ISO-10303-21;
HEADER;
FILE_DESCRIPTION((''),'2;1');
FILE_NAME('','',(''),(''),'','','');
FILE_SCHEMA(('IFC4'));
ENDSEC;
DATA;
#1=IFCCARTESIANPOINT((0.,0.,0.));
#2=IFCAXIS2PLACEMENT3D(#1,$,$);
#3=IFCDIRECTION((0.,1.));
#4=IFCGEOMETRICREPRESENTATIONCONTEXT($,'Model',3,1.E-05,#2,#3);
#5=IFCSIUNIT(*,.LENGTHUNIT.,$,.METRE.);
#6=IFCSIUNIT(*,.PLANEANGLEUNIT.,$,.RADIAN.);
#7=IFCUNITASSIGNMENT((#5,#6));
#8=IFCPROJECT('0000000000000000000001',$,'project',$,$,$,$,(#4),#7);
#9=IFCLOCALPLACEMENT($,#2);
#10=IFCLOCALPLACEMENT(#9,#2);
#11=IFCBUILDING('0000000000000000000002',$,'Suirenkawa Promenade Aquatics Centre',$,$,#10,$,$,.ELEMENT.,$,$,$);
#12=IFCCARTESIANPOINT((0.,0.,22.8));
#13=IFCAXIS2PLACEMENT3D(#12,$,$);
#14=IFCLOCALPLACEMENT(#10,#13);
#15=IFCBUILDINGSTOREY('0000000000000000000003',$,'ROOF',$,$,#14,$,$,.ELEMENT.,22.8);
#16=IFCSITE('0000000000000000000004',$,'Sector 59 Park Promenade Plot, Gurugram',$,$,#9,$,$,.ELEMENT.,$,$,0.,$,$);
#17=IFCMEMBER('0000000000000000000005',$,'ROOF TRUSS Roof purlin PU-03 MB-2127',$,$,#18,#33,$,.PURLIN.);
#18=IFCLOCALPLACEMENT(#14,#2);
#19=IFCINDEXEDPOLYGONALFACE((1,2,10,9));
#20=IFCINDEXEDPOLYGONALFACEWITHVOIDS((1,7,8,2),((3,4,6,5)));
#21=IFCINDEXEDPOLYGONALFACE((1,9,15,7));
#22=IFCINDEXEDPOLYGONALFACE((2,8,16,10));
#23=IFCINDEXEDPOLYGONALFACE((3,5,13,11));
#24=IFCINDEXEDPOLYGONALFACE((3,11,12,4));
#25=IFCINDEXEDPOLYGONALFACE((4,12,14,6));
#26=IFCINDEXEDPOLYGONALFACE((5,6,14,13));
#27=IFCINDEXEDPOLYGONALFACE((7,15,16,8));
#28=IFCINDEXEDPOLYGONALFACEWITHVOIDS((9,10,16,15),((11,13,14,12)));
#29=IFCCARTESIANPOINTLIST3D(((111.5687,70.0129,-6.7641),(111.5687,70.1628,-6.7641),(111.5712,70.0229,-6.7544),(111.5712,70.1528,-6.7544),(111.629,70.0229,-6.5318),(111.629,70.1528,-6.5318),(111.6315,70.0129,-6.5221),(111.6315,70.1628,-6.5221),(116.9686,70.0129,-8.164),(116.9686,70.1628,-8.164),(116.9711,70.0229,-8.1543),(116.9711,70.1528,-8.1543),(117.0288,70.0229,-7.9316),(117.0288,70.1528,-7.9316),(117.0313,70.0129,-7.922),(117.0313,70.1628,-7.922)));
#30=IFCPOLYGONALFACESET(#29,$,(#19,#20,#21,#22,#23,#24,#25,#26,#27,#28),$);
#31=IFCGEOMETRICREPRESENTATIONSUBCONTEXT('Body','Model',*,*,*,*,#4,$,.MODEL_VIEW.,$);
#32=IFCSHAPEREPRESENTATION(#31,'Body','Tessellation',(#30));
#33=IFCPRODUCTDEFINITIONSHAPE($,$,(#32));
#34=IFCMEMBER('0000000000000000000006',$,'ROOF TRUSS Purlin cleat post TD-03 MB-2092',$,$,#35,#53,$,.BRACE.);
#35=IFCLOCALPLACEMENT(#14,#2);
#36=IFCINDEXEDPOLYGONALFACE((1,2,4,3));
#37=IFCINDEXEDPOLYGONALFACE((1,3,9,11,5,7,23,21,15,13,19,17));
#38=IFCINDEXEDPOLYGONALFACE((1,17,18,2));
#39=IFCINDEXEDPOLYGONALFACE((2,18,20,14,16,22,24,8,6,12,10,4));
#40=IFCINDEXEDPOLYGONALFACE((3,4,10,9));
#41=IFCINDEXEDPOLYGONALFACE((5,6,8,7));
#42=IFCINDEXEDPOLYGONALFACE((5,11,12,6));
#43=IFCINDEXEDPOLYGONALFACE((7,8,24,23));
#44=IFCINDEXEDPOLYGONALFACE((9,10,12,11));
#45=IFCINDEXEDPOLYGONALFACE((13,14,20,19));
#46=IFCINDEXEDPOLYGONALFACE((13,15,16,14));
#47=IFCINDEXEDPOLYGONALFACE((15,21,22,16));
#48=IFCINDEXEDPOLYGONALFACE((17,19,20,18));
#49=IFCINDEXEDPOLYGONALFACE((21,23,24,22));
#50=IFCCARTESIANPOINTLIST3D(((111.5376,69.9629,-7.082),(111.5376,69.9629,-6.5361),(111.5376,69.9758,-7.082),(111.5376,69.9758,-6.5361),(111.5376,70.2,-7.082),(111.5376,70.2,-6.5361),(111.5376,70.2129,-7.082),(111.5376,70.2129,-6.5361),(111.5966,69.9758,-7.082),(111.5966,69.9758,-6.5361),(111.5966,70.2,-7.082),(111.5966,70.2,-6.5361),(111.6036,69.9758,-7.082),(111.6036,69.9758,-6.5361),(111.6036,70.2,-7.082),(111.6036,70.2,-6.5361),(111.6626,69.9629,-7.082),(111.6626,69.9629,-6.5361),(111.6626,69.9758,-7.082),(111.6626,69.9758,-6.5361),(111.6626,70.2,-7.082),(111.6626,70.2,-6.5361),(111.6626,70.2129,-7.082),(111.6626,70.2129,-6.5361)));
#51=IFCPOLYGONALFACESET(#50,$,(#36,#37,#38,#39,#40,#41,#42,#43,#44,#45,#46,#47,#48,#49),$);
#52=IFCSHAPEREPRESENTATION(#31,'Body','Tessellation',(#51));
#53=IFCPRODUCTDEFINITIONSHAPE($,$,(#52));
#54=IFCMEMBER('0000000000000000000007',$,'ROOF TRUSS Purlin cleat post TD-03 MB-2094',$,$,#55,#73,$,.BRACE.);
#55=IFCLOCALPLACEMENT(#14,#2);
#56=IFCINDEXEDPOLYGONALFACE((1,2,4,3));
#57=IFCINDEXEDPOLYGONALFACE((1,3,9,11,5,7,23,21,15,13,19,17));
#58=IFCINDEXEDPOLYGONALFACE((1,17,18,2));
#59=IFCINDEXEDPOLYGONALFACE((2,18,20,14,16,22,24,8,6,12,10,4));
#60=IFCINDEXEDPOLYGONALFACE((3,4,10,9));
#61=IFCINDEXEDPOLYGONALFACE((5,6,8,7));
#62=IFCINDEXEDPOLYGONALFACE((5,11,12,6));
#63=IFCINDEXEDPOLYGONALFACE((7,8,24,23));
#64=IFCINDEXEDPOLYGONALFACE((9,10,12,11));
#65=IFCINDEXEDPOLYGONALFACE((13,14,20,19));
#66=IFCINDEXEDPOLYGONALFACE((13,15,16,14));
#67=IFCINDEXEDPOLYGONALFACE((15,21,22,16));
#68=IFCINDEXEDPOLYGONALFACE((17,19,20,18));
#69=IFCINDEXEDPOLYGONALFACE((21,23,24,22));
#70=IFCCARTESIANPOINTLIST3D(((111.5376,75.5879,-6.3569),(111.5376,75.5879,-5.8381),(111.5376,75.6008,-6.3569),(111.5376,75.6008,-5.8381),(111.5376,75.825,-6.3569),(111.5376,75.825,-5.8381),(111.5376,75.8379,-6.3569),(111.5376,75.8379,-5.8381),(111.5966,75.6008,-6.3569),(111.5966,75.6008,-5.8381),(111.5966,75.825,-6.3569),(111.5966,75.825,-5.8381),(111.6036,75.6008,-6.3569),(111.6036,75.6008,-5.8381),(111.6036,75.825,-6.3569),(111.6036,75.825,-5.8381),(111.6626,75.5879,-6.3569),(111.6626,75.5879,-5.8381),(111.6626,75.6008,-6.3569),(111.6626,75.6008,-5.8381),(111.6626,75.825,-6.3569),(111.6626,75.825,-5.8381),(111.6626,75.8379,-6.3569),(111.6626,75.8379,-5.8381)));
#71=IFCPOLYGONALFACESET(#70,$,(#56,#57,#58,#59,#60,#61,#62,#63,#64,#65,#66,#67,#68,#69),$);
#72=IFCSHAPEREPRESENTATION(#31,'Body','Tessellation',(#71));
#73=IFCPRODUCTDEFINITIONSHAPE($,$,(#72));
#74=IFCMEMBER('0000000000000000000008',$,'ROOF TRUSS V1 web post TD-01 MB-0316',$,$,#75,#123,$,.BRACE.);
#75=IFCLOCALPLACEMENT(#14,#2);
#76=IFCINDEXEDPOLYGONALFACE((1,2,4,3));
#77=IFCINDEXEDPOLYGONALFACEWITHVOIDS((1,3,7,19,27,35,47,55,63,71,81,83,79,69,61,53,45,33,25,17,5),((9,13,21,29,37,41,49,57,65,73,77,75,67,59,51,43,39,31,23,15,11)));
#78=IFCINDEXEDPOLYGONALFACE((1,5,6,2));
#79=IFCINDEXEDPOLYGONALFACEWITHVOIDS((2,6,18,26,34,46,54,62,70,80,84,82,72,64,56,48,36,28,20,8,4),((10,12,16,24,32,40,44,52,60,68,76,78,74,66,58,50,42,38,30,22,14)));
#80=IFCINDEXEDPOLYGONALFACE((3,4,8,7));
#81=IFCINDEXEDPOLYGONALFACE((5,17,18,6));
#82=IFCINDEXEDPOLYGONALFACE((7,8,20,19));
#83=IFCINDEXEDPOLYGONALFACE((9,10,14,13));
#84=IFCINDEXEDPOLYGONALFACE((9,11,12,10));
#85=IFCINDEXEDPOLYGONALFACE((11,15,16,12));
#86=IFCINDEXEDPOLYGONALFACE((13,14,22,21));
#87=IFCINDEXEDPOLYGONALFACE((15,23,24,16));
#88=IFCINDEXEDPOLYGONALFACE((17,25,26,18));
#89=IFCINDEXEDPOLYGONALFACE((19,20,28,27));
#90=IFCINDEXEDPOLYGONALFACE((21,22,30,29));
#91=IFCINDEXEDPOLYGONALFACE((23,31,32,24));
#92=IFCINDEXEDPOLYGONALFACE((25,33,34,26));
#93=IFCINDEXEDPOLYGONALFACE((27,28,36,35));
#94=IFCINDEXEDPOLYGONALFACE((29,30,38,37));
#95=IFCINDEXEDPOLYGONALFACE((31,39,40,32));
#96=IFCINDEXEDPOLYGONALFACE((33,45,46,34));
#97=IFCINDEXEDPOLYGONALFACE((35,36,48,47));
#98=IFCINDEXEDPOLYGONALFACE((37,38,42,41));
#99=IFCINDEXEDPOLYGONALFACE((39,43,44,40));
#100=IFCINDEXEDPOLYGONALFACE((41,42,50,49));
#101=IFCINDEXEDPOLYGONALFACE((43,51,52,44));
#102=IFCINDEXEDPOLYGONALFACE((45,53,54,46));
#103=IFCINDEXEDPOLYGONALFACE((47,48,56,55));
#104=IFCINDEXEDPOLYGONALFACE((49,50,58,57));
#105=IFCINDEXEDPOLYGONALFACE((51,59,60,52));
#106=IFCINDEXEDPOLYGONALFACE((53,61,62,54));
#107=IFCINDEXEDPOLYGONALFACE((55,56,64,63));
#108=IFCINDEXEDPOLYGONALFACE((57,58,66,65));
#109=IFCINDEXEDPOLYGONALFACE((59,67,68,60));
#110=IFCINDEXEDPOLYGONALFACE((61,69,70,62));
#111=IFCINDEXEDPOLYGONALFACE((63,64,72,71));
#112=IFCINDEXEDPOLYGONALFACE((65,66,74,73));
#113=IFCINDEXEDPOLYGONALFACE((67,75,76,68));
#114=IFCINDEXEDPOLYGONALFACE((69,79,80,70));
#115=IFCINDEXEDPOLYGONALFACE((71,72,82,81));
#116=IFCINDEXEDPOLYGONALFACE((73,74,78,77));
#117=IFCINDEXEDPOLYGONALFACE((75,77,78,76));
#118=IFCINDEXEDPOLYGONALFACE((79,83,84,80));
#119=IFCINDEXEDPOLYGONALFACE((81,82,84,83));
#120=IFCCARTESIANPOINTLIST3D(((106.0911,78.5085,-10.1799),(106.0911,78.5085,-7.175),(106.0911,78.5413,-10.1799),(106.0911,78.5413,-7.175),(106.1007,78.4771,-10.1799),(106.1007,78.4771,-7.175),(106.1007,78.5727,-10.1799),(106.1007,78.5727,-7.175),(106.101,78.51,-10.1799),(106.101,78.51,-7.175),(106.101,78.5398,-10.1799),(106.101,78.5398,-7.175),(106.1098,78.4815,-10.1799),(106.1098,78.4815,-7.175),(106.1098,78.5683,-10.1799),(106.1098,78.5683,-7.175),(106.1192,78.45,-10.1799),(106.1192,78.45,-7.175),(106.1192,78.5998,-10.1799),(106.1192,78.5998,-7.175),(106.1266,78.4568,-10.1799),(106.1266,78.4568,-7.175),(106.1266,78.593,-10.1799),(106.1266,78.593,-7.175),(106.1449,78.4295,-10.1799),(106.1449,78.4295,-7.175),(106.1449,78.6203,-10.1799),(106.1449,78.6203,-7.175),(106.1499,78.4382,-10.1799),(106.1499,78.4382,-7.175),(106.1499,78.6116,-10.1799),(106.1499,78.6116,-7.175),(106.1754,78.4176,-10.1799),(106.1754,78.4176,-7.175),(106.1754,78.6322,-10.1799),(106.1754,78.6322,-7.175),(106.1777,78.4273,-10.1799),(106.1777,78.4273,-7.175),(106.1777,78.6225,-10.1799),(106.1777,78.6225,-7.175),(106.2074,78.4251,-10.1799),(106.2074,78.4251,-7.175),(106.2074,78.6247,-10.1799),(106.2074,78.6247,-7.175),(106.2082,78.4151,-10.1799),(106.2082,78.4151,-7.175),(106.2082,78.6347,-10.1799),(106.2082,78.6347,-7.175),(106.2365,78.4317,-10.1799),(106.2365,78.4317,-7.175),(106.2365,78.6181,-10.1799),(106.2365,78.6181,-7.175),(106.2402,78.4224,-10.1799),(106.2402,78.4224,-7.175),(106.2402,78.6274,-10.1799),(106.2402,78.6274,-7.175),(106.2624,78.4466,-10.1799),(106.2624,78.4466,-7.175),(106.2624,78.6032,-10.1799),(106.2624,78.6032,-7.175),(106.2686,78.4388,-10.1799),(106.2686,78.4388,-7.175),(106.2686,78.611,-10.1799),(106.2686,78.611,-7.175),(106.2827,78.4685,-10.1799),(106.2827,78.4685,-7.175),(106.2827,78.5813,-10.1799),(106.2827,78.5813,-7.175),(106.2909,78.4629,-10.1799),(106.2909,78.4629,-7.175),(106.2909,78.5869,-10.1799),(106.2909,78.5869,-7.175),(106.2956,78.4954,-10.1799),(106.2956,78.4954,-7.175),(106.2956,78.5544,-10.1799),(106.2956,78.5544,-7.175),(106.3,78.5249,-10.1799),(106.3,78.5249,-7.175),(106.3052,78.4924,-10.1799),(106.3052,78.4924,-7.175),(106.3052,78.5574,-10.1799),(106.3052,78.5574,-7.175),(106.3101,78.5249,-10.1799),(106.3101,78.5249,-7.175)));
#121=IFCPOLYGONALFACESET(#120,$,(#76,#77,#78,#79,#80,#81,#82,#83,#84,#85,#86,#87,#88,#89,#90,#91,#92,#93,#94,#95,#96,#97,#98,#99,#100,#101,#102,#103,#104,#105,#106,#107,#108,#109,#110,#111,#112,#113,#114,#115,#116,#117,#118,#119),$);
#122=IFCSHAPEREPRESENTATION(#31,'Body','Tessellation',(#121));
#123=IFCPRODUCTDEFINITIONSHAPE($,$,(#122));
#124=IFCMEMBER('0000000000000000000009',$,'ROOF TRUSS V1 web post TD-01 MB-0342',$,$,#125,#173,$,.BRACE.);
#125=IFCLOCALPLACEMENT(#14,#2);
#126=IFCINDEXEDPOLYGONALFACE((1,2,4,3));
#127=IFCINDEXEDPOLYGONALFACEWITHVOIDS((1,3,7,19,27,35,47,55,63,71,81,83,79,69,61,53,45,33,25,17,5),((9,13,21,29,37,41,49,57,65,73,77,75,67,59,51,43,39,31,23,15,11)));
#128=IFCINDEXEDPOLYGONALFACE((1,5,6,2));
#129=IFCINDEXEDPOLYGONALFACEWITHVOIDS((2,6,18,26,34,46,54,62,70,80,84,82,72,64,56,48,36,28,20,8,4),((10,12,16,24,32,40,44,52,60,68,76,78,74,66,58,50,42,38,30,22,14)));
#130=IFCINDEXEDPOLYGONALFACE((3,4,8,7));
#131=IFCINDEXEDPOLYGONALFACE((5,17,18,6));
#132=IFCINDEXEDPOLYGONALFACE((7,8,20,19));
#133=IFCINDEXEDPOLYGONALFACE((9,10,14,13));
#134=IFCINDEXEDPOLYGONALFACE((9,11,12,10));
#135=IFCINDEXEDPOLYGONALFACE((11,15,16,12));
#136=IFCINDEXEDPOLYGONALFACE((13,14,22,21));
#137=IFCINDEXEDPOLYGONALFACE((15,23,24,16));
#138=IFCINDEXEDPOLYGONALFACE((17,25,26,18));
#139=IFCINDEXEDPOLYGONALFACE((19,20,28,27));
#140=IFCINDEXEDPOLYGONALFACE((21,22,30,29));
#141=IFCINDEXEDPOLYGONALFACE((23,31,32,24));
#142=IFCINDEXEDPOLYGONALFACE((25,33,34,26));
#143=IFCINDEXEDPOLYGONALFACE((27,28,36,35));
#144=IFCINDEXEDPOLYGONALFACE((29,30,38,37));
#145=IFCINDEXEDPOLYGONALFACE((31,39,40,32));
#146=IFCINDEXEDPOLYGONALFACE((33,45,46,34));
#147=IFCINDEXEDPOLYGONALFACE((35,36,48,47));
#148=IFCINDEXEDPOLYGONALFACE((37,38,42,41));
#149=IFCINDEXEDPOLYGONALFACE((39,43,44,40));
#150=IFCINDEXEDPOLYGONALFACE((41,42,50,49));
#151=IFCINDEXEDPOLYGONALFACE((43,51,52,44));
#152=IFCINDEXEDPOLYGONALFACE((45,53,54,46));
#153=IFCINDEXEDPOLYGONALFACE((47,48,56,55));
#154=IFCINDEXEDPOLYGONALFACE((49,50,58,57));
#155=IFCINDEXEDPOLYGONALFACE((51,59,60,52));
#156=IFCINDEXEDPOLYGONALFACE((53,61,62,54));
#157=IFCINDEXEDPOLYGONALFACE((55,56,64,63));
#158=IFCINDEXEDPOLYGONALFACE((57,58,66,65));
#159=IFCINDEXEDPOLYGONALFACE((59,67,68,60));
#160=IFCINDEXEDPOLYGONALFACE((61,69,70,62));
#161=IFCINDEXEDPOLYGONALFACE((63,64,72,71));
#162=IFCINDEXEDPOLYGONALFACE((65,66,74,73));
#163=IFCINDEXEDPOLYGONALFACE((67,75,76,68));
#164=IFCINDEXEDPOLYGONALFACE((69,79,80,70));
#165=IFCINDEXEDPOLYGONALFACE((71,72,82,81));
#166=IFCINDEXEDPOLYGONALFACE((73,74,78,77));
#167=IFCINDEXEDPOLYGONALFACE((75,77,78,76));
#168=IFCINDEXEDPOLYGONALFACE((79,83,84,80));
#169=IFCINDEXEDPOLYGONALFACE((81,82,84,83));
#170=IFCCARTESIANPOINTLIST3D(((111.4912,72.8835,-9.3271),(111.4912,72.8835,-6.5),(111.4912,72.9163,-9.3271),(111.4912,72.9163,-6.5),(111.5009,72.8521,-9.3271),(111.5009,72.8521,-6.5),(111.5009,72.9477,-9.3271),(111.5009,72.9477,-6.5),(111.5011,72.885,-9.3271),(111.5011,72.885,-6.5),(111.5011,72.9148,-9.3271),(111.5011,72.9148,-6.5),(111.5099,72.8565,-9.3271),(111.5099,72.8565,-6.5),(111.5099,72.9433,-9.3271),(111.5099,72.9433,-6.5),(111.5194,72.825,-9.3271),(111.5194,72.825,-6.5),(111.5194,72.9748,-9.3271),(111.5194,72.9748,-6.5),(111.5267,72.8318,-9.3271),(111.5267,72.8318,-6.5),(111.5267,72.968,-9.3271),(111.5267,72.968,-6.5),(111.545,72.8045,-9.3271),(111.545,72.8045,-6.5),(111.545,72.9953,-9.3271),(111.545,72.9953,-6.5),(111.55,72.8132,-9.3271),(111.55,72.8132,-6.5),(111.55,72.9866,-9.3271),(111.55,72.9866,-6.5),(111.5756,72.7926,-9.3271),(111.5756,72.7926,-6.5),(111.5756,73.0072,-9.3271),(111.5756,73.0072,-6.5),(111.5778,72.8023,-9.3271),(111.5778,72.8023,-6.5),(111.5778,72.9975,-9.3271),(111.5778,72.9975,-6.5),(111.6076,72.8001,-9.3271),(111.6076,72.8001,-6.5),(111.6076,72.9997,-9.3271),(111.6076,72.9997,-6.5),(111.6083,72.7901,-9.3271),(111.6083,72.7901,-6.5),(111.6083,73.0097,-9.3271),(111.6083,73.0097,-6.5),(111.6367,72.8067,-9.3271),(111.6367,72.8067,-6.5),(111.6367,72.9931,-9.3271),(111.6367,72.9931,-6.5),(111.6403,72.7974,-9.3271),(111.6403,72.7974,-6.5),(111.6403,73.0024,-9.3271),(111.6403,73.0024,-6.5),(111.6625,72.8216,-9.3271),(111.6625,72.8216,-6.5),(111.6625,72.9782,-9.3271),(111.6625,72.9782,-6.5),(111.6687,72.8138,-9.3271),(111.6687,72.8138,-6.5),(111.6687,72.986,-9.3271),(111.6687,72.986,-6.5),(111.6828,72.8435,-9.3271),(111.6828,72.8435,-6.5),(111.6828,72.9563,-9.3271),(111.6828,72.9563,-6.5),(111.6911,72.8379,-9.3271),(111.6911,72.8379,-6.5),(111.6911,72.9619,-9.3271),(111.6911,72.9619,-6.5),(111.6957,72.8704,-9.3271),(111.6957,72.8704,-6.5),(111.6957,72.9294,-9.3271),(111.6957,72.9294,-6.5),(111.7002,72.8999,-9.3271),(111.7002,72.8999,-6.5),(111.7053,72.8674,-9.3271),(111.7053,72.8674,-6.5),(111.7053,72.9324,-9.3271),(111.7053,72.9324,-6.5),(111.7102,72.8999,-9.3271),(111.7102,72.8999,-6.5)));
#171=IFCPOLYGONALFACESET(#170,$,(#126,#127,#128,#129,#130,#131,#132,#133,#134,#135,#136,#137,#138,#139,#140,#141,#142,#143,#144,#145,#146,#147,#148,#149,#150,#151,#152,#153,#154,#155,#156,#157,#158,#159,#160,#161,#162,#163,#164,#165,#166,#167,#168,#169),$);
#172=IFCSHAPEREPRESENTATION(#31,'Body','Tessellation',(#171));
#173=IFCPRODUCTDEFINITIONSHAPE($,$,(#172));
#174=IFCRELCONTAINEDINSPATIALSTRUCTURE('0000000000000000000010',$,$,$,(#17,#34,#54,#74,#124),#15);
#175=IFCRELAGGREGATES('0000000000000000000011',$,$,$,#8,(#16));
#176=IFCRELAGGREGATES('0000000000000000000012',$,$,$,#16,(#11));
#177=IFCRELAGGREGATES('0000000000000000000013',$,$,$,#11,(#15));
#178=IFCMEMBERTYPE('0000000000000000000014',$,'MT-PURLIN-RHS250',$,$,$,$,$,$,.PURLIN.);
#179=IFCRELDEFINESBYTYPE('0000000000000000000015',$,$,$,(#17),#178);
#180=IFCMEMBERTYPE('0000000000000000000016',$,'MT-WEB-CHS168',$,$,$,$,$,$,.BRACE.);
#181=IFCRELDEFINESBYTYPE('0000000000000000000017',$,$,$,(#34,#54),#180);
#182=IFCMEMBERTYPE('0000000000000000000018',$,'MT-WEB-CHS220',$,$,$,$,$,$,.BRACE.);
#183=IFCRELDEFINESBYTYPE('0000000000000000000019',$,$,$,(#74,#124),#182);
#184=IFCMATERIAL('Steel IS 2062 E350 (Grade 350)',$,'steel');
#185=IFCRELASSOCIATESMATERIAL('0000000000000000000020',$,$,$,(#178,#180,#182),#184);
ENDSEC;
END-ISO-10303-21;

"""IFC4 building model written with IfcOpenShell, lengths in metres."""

from ifc_helpers import new_model, si_unit, direction, frame, origin, origin_2d, place, context, subcontext, project, spatial, hollow_rectangle, hollow_circle, i_section, extrude, material, material_profile, profile_set, type_object, element, save


model = new_model("IFC4")

# Units and contexts
model_context = context("Model", 3, precision=1e-05, world=origin(), true_north=direction((0.0, 1.0)))
body_context = subcontext(model_context, "Body", "Model", "MODEL_VIEW")
ifc_project = project(units=[si_unit("LENGTHUNIT", "METRE"), si_unit("PLANEANGLEUNIT", "RADIAN")], contexts=[model_context])

# Site, building, storey
site_placement = place(None, origin())
site = spatial("IfcSite", under=ifc_project, at=site_placement, Name="Sector 59 Park Promenade Plot, Gurugram", CompositionType="ELEMENT", RefElevation=0.0)
building_placement = place(site_placement, origin())
building = spatial("IfcBuilding", under=site, at=building_placement, Name="Suirenkawa Promenade Aquatics Centre", CompositionType="ELEMENT")
storey_placement = place(building_placement, frame((0.0, 0.0, 22.8)))
storey = spatial("IfcBuildingStorey", under=building, at=storey_placement, Name="ROOF", CompositionType="ELEMENT", Elevation=22.8)

# Shared definitions
ifc_material = material(Name="Steel IS 2062 E350 (Grade 350)", Category="steel")

# Members
ifc_material_profile_1 = material_profile(ifc_material, hollow_rectangle(XDim=0.1499, YDim=0.25, WallThickness=0.01, at=origin_2d()), Name="RHS 250x150x10", Category="steel")
ifc_profile_set_1 = profile_set([ifc_material_profile_1], Name="Steel IS 2062 E350 (Grade 350)")
member_type_1 = type_object("IfcMemberType", Name="MT-PURLIN-RHS250", PredefinedType="PURLIN", material=ifc_profile_set_1)
member_1_placement = place(storey_placement, frame((111.6001, 70.0879, -6.6431), z_axis=(0.968, 0.0, -0.25095), x_axis=(0.0, 1.0, 0.0)))
element("IfcMember", 1, at=member_1_placement, inside=storey, type_object=member_type_1, Name="ROOF TRUSS Roof purlin PU-03 MB-2127", PredefinedType="PURLIN", context=body_context, shape_type="SweptSolid", body=[
    extrude(hollow_rectangle(XDim=0.1499, YDim=0.25, WallThickness=0.01, at=origin_2d()), origin(), (0.0, 0.0, 1.0), 5.5784),
])
ifc_material_profile_2 = material_profile(ifc_material, i_section(OverallWidth=0.125, OverallDepth=0.25, WebThickness=0.0071, FlangeThickness=0.0129, at=origin_2d()), Name="ISMB 250", Category="steel")
ifc_profile_set_2 = profile_set([ifc_material_profile_2], Name="Steel IS 2062 E350 (Grade 350)")
member_type_2 = type_object("IfcMemberType", Name="MT-WEB-CHS168", PredefinedType="BRACE", material=ifc_profile_set_2)
member_2_placement = place(storey_placement, frame((111.6001, 70.0879, -7.082), z_axis=(0.0, 0.0, 1.0), x_axis=(1.0, 0.0, 0.0)))
element("IfcMember", 2, at=member_2_placement, inside=storey, type_object=member_type_2, Name="ROOF TRUSS Purlin cleat post TD-03 MB-2092", PredefinedType="BRACE", context=body_context, shape_type="SweptSolid", body=[
    extrude(i_section(OverallWidth=0.125, OverallDepth=0.25, WebThickness=0.0071, FlangeThickness=0.0129, at=origin_2d()), origin(), (0.0, 0.0, 1.0), 0.5459),
])
member_3_placement = place(storey_placement, frame((111.6001, 75.7129, -6.3569), z_axis=(0.0, 0.0, 1.0), x_axis=(1.0, 0.0, 0.0)))
element("IfcMember", 3, at=member_3_placement, inside=storey, type_object=member_type_2, Name="ROOF TRUSS Purlin cleat post TD-03 MB-2094", PredefinedType="BRACE", context=body_context, shape_type="SweptSolid", body=[
    extrude(i_section(OverallWidth=0.125, OverallDepth=0.25, WebThickness=0.0071, FlangeThickness=0.0129, at=origin_2d()), origin(), (0.0, 0.0, 1.0), 0.5188),
])
ifc_material_profile_3 = material_profile(ifc_material, hollow_circle(Radius=0.1101, WallThickness=0.01, at=origin_2d()), Name="CHS 220x10", Category="steel")
ifc_profile_set_3 = profile_set([ifc_material_profile_3], Name="Steel IS 2062 E350 (Grade 350)")
member_type_3 = type_object("IfcMemberType", Name="MT-WEB-CHS220", PredefinedType="BRACE", material=ifc_profile_set_3)
member_4_placement = place(storey_placement, frame((106.2, 78.5249, -10.1799), z_axis=(0.0, 0.0, 1.0), x_axis=(1.0, 0.0, 0.0)))
element("IfcMember", 4, at=member_4_placement, inside=storey, type_object=member_type_3, Name="ROOF TRUSS V1 web post TD-01 MB-0316", PredefinedType="BRACE", context=body_context, shape_type="SweptSolid", body=[
    extrude(hollow_circle(Radius=0.1101, WallThickness=0.01, at=origin_2d()), origin(), (0.0, 0.0, 1.0), 3.0049),
])
member_5_placement = place(storey_placement, frame((111.6001, 72.8999, -9.3271), z_axis=(0.0, 0.0, 1.0), x_axis=(1.0, 0.0, 0.0)))
element("IfcMember", 5, at=member_5_placement, inside=storey, type_object=member_type_3, Name="ROOF TRUSS V1 web post TD-01 MB-0342", PredefinedType="BRACE", context=body_context, shape_type="SweptSolid", body=[
    extrude(hollow_circle(Radius=0.1101, WallThickness=0.01, at=origin_2d()), origin(), (0.0, 0.0, 1.0), 2.8271),
])

save(model, "model.ifc")
